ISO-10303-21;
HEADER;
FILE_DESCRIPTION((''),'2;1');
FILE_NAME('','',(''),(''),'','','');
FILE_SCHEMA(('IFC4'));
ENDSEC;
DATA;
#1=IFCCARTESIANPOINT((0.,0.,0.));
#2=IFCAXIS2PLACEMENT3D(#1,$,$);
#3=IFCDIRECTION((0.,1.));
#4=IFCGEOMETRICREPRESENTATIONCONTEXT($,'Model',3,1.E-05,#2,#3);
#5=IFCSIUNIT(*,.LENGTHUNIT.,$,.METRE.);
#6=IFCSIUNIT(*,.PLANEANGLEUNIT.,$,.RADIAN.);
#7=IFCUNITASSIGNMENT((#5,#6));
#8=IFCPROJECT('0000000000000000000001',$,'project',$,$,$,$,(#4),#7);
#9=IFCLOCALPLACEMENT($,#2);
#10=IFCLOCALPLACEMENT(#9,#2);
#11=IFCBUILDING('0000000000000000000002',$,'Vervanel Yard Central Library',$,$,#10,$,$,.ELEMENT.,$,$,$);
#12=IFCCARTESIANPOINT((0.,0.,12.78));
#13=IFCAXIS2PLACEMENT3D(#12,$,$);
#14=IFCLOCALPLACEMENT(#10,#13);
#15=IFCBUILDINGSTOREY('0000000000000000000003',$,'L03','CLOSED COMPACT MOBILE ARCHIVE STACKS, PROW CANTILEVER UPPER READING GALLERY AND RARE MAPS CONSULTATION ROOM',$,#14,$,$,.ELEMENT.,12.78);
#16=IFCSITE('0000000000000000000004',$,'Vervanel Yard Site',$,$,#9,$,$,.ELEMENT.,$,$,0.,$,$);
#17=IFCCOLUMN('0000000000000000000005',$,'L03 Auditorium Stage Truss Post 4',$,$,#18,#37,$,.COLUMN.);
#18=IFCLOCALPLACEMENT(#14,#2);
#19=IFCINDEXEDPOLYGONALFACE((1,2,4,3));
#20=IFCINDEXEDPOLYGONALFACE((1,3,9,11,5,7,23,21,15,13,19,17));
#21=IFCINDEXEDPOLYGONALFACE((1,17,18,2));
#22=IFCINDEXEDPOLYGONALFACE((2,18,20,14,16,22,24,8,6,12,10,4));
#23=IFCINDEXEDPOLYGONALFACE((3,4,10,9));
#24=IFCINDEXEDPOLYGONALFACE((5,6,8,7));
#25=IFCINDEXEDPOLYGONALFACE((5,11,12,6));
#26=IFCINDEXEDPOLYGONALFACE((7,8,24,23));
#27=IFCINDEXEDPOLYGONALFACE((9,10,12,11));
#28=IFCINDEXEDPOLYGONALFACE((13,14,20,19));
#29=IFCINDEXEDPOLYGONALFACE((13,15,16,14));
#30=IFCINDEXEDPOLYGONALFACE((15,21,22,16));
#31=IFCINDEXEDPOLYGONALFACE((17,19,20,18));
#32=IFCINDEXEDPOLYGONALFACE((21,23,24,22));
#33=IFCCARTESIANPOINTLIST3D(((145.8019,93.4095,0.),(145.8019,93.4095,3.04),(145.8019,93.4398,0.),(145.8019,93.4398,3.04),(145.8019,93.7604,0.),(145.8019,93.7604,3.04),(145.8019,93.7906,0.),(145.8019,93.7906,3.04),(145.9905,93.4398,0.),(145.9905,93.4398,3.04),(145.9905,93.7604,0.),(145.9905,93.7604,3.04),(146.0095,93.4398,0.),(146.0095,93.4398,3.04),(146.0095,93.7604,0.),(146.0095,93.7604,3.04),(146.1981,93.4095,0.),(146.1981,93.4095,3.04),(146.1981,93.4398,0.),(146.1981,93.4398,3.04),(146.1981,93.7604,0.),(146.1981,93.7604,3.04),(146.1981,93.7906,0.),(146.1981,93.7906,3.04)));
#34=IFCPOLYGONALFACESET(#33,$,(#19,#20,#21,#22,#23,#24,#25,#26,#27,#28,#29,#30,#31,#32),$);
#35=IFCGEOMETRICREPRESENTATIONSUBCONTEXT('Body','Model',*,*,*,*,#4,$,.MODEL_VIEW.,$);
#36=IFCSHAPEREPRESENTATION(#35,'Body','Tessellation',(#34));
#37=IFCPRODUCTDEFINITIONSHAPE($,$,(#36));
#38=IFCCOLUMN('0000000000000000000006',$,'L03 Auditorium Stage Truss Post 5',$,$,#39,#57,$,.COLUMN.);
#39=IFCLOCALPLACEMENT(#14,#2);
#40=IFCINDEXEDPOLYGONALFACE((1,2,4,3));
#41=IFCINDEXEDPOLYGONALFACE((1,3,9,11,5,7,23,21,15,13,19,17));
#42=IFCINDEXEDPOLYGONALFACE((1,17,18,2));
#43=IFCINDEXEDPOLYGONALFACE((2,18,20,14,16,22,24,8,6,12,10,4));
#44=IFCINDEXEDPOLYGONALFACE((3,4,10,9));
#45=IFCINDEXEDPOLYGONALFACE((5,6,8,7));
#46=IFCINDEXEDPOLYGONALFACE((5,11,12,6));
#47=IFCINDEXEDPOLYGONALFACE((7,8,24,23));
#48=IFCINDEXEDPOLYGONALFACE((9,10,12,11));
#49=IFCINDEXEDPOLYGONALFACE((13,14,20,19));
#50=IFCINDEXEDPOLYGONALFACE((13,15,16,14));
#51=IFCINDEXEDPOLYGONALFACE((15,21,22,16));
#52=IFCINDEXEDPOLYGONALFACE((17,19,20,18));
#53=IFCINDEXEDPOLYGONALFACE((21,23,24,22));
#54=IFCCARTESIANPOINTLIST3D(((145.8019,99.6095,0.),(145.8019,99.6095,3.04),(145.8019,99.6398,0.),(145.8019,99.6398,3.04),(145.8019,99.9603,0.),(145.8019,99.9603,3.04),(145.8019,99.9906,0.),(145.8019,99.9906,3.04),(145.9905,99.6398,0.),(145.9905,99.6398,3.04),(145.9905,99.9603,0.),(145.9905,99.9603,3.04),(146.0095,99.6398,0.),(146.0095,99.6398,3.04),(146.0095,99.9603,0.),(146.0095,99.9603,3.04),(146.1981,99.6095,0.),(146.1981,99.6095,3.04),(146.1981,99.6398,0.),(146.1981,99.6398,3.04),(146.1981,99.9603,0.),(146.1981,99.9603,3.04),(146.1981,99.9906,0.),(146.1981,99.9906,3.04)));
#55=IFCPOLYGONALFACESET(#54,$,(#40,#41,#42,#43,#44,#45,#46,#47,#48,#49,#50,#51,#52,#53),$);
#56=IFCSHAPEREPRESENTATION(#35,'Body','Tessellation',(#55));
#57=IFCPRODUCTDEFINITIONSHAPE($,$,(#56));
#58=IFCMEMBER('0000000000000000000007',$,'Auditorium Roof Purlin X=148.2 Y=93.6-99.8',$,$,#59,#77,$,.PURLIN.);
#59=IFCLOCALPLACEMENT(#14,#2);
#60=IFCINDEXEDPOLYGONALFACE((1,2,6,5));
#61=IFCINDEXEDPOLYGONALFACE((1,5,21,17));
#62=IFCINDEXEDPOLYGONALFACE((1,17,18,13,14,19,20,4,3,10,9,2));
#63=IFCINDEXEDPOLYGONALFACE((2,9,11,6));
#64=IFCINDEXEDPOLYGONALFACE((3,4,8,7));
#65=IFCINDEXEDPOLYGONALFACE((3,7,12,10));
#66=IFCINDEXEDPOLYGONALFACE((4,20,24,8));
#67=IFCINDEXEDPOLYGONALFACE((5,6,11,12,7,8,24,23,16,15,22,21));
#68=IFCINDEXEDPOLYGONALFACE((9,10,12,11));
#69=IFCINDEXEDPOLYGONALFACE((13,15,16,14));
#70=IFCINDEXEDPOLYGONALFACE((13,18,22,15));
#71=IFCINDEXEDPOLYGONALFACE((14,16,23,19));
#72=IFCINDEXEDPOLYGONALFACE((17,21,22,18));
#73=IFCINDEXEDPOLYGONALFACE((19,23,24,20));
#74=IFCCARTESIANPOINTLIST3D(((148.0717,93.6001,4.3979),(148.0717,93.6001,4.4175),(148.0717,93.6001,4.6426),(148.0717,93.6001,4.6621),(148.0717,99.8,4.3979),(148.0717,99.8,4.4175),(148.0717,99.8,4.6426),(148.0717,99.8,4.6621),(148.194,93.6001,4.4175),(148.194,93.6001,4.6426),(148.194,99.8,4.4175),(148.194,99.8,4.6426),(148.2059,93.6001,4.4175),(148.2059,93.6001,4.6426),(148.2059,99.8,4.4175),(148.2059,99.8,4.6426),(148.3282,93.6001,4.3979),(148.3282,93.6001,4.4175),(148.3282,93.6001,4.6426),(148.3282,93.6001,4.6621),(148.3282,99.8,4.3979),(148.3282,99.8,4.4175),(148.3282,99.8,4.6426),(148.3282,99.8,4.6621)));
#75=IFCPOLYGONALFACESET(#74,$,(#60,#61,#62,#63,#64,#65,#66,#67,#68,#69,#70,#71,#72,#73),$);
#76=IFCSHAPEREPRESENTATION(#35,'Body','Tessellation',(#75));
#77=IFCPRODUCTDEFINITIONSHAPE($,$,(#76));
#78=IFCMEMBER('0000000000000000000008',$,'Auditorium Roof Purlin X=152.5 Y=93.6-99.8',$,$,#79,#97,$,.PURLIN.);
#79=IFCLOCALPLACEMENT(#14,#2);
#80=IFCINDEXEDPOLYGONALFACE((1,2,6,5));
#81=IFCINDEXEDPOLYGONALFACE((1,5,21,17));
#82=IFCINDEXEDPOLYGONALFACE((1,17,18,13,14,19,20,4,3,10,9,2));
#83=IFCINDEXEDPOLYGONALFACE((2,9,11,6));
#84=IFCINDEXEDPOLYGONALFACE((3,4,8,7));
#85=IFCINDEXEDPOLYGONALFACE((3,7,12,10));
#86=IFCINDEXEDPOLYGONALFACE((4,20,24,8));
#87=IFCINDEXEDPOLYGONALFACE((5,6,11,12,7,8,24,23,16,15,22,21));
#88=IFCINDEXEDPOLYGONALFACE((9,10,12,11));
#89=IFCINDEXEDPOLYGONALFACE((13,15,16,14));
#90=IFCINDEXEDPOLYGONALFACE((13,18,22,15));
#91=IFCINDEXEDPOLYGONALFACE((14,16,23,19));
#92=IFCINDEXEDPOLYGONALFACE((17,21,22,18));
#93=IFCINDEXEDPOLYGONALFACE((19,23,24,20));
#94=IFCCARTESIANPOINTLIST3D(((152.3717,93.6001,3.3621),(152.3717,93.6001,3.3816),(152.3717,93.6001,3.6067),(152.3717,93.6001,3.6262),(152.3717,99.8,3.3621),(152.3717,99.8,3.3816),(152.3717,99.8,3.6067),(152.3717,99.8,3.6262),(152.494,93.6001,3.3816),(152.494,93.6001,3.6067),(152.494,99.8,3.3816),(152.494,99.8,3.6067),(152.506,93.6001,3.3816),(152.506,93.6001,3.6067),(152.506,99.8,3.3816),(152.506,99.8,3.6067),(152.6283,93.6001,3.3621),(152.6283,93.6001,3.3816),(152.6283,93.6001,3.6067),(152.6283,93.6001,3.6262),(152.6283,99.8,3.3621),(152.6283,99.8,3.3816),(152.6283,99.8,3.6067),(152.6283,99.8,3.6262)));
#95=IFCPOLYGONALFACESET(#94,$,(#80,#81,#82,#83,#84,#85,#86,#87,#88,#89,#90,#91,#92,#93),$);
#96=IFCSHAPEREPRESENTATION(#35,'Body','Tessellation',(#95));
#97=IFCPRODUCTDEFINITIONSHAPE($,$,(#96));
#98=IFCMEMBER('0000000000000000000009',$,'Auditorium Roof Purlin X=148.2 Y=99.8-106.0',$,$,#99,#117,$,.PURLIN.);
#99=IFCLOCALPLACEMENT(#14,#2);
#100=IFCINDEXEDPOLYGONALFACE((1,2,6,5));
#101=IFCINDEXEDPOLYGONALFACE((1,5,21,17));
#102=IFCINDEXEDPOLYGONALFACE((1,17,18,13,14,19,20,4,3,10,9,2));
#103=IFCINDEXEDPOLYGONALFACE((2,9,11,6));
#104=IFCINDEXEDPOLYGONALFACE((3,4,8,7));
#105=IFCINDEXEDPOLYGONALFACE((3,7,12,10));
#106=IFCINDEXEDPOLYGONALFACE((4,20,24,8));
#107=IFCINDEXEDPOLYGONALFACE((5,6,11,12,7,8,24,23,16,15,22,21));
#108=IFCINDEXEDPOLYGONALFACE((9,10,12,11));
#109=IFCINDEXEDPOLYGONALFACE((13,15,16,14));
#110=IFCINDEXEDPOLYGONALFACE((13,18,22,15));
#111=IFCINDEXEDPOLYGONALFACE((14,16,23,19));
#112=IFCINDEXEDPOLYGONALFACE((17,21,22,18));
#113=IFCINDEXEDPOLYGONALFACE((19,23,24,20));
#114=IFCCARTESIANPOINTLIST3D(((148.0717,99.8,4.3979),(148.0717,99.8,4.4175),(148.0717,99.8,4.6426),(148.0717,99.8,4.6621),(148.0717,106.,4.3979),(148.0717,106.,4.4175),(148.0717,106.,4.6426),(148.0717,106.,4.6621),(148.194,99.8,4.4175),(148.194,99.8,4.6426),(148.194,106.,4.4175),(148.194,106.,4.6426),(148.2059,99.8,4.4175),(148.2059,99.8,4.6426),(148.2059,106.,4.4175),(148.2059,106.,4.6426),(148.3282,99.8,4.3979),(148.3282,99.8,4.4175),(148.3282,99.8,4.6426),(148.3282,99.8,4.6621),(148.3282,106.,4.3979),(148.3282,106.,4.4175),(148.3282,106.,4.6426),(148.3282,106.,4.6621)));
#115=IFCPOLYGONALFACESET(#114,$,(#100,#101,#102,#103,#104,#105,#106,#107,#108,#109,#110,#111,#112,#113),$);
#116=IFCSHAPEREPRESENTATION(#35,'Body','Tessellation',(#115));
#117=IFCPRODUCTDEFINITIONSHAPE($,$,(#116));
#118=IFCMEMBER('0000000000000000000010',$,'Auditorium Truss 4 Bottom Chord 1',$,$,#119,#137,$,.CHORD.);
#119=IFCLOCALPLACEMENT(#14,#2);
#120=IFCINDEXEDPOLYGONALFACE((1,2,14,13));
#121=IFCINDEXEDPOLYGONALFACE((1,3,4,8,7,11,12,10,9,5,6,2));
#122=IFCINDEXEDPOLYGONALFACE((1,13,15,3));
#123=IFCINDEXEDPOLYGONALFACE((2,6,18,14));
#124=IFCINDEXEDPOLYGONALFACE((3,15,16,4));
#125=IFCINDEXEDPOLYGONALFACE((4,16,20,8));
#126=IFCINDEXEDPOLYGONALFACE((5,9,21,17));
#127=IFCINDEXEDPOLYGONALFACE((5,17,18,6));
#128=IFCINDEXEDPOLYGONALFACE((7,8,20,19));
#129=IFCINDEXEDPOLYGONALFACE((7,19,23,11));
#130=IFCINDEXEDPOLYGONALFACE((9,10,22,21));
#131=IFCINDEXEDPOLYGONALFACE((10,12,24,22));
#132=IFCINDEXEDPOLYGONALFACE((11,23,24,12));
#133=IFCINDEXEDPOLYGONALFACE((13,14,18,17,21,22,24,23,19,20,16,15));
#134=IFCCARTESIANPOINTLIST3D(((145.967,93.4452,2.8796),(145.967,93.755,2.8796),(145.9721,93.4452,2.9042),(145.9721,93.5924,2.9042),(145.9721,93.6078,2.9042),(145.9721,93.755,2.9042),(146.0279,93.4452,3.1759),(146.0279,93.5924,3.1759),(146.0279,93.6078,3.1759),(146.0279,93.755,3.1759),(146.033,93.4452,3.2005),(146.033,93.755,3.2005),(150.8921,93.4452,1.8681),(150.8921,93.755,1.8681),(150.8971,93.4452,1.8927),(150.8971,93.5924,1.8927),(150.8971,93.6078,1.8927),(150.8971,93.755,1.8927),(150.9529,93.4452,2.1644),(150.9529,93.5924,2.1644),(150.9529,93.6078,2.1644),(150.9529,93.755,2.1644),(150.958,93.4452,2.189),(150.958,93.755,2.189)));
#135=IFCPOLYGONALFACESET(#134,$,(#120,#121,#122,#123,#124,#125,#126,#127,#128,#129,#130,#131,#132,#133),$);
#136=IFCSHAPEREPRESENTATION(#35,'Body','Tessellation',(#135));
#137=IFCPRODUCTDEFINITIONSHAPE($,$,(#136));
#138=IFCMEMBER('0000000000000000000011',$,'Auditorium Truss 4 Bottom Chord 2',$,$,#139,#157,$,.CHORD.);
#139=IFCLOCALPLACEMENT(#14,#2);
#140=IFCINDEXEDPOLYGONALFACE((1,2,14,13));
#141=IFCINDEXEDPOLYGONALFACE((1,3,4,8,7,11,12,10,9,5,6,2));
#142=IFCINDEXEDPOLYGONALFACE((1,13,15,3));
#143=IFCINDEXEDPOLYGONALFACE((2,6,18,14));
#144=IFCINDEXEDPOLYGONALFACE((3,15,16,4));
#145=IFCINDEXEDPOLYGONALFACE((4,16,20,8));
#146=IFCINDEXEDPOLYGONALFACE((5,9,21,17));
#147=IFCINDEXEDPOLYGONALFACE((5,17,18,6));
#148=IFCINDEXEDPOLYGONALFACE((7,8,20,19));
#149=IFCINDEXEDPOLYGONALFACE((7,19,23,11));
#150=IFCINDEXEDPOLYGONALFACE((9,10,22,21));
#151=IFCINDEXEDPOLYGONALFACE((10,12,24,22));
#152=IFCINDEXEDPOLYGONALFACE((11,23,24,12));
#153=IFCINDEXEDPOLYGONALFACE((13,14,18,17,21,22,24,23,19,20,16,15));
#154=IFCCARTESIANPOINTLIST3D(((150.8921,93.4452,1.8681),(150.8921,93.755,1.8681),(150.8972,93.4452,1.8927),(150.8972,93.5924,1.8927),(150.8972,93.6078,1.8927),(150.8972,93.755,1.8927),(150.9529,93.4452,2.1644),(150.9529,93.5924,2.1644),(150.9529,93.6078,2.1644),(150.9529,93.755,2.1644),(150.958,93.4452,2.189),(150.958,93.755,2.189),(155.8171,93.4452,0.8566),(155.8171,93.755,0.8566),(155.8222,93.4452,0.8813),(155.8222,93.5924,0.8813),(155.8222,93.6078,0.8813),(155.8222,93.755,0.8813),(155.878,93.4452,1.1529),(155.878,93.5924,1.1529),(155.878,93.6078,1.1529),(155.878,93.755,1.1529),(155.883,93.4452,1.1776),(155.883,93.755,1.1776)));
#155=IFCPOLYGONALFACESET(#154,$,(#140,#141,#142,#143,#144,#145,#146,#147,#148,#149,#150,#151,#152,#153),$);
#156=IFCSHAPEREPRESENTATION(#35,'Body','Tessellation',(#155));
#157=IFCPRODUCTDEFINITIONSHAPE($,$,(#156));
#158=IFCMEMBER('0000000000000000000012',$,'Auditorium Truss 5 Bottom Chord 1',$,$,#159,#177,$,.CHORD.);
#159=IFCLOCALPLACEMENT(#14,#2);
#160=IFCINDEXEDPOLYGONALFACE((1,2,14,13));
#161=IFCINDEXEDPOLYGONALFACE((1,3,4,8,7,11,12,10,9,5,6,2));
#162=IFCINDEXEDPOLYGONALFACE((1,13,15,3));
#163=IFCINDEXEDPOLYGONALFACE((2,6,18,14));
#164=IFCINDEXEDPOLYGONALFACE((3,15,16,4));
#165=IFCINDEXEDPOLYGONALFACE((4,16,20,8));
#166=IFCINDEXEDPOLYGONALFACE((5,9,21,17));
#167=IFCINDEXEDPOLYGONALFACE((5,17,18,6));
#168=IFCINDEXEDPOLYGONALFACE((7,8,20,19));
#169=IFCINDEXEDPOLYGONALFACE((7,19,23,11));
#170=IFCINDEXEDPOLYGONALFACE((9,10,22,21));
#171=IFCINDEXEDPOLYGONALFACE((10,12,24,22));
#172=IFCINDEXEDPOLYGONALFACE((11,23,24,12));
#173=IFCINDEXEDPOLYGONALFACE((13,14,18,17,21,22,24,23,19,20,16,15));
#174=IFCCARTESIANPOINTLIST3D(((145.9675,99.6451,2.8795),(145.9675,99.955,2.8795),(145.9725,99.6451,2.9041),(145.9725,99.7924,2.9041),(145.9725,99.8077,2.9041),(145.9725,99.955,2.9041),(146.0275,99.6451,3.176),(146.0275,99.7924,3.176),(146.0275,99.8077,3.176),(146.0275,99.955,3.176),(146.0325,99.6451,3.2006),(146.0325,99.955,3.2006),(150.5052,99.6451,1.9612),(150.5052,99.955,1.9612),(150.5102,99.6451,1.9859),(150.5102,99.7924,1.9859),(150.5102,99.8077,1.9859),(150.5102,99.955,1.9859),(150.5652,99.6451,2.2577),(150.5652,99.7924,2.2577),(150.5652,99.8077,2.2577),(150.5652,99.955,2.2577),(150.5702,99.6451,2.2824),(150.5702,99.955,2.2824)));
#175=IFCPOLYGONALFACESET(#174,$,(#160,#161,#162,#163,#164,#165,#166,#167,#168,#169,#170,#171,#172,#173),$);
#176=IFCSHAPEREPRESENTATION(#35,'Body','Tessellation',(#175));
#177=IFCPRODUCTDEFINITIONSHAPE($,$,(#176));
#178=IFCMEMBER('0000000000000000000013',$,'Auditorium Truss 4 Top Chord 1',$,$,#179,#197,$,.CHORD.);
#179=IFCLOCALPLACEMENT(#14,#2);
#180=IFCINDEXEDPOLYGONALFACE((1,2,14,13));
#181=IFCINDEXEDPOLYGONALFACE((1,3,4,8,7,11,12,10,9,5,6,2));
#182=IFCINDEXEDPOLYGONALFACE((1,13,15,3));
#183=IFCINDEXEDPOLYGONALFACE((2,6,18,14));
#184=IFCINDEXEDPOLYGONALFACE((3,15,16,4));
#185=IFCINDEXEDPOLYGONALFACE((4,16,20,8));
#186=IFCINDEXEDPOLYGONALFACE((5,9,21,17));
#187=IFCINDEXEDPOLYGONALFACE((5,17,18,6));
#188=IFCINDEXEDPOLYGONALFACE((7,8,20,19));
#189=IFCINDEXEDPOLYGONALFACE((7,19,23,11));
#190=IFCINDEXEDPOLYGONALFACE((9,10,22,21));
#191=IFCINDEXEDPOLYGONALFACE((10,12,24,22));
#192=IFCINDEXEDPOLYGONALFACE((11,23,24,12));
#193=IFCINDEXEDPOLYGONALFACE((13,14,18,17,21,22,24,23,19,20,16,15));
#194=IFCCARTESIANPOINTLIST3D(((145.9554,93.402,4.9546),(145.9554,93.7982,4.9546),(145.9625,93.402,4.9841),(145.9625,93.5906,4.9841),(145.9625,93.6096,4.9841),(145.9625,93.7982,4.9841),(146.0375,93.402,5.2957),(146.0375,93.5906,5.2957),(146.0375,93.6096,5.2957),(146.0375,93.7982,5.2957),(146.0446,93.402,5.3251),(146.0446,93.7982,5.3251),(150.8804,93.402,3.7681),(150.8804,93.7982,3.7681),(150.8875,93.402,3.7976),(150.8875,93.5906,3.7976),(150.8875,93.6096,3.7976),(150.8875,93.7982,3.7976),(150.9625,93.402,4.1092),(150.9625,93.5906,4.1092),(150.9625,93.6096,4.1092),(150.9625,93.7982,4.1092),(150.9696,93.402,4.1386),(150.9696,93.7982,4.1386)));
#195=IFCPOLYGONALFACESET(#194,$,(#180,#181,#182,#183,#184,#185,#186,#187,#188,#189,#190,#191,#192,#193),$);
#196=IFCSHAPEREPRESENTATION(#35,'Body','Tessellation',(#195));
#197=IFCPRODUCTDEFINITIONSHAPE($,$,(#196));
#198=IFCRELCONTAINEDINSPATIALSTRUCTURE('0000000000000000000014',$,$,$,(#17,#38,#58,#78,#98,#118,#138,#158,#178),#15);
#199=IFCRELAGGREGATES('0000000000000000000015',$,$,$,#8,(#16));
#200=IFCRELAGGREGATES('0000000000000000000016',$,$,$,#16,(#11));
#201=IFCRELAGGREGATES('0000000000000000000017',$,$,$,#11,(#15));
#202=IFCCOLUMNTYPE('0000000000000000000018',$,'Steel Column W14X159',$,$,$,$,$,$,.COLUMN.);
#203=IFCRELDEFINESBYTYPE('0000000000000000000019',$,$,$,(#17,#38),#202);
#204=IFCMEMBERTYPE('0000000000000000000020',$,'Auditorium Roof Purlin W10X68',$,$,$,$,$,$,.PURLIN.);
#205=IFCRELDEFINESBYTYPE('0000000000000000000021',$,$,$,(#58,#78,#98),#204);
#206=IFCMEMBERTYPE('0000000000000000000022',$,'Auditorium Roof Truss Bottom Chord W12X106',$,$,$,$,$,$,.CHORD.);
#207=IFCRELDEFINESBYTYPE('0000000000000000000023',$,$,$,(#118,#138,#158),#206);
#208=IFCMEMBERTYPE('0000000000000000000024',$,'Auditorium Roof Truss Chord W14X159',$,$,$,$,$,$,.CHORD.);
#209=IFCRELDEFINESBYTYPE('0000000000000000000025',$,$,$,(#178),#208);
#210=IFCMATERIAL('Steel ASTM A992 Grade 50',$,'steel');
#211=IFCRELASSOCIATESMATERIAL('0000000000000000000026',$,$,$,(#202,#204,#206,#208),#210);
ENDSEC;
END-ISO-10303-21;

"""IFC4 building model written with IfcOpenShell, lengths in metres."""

from ifc_helpers import new_model, si_unit, direction, frame, origin, origin_2d, place, context, subcontext, project, spatial, i_section, extrude, material, material_profile, profile_set, type_object, element, save


model = new_model("IFC4")

# Units and contexts
model_context = context("Model", 3, precision=1e-05, world=origin(), true_north=direction((0.0, 1.0)))
body_context = subcontext(model_context, "Body", "Model", "MODEL_VIEW")
ifc_project = project(units=[si_unit("LENGTHUNIT", "METRE"), si_unit("PLANEANGLEUNIT", "RADIAN")], contexts=[model_context])

# Site, building, storey
site_placement = place(None, origin())
site = spatial("IfcSite", under=ifc_project, at=site_placement, Name="Vervanel Yard Site", CompositionType="ELEMENT", RefElevation=0.0)
building_placement = place(site_placement, origin())
building = spatial("IfcBuilding", under=site, at=building_placement, Name="Vervanel Yard Central Library", CompositionType="ELEMENT")
storey_placement = place(building_placement, frame((0.0, 0.0, 12.78)))
storey = spatial("IfcBuildingStorey", under=building, at=storey_placement, Name="L03", Description="CLOSED COMPACT MOBILE ARCHIVE STACKS, PROW CANTILEVER UPPER READING GALLERY AND RARE MAPS CONSULTATION ROOM", CompositionType="ELEMENT", Elevation=12.78)

# Columns
ifc_material_1 = material(Name="Steel ASTM A992 Grade 50", Category="steel")
ifc_material_profile_1 = material_profile(ifc_material_1, i_section(OverallWidth=0.3962, OverallDepth=0.3811, WebThickness=0.019, FlangeThickness=0.0303, at=origin_2d()), Name="W14X159", Category="steel")
ifc_profile_set_1 = profile_set([ifc_material_profile_1], Name="Steel ASTM A992 Grade 50")
column_type = type_object("IfcColumnType", Name="Steel Column W14X159", PredefinedType="COLUMN", material=ifc_profile_set_1)
for number, where, z_axis, x_axis, name in (
    (1, (146.0, 93.6001, 0.0), (0.0, 0.0, 1.0), (1.0, 0.0, 0.0), "L03 Auditorium Stage Truss Post 4"),
    (2, (146.0, 99.8, 0.0), (0.0, 0.0, 1.0), (1.0, 0.0, 0.0), "L03 Auditorium Stage Truss Post 5"),
):
    element("IfcColumn", number, at=place(storey_placement, frame(where, z_axis=z_axis, x_axis=x_axis)), inside=storey, type_object=column_type, Name=name, PredefinedType="COLUMN", context=body_context, shape_type="SweptSolid", body=[
        extrude(i_section(OverallWidth=0.3962, OverallDepth=0.3811, WebThickness=0.019, FlangeThickness=0.0303, at=origin_2d()), origin(), (0.0, 0.0, 1.0), 3.04),
    ])

# Members
ifc_material_profile_2 = material_profile(ifc_material_1, i_section(OverallWidth=0.2566, OverallDepth=0.2642, WebThickness=0.012, FlangeThickness=0.0195, at=origin_2d()), Name="W10X68", Category="steel")
ifc_profile_set_2 = profile_set([ifc_material_profile_2], Name="Steel ASTM A992 Grade 50")
member_type_1 = type_object("IfcMemberType", Name="Auditorium Roof Purlin W10X68", PredefinedType="PURLIN", material=ifc_profile_set_2)
for number, where, z_axis, x_axis, name in (
    (3, (148.2, 93.6001, 4.53), (0.0, 1.0, 0.0), (-1.0, 0.0, 0.0), "Auditorium Roof Purlin X=148.2 Y=93.6-99.8"),
    (4, (152.5, 93.6001, 3.4941), (0.0, 1.0, 0.0), (-1.0, 0.0, 0.0), "Auditorium Roof Purlin X=152.5 Y=93.6-99.8"),
    (5, (148.2, 99.8, 4.53), (0.0, 1.0, 0.0), (-1.0, 0.0, 0.0), "Auditorium Roof Purlin X=148.2 Y=99.8-106.0"),
):
    element("IfcMember", number, at=place(storey_placement, frame(where, z_axis=z_axis, x_axis=x_axis)), inside=storey, type_object=member_type_1, Name=name, PredefinedType="PURLIN", context=body_context, shape_type="SweptSolid", body=[
        extrude(i_section(OverallWidth=0.2566, OverallDepth=0.2642, WebThickness=0.012, FlangeThickness=0.0195, at=origin_2d()), origin(), (0.0, 0.0, 1.0), 6.2),
    ])
ifc_material_profile_3 = material_profile(ifc_material_1, i_section(OverallWidth=0.3098, OverallDepth=0.3276, WebThickness=0.0154, FlangeThickness=0.0251, at=origin_2d()), Name="W12X106", Category="steel")
ifc_profile_set_3 = profile_set([ifc_material_profile_3], Name="Steel ASTM A992 Grade 50")
member_type_2 = type_object("IfcMemberType", Name="Auditorium Roof Truss Bottom Chord W12X106", PredefinedType="CHORD", material=ifc_profile_set_3)
for number, where, z_axis, x_axis, name in (
    (6, (146.0, 93.6001, 3.04), (0.979555, 0.0, -0.201175), (0.0, 1.0, 0.0), "Auditorium Truss 4 Bottom Chord 1"),
    (7, (150.925, 93.6001, 2.0286), (0.979555, 0.0, -0.201175), (0.0, 1.0, 0.0), "Auditorium Truss 4 Bottom Chord 2"),
):
    element("IfcMember", number, at=place(storey_placement, frame(where, z_axis=z_axis, x_axis=x_axis)), inside=storey, type_object=member_type_2, Name=name, PredefinedType="CHORD", context=body_context, shape_type="SweptSolid", body=[
        extrude(i_section(OverallWidth=0.3098, OverallDepth=0.3276, WebThickness=0.0154, FlangeThickness=0.0251, at=origin_2d()), origin(), (0.0, 0.0, 1.0), 5.0278),
    ])
member_1_placement = place(storey_placement, frame((146.0, 99.8, 3.04), z_axis=(0.980134, 0.0, -0.198337), x_axis=(0.0, 1.0, 0.0)))
element("IfcMember", 8, at=member_1_placement, inside=storey, type_object=member_type_2, Name="Auditorium Truss 5 Bottom Chord 1", PredefinedType="CHORD", context=body_context, shape_type="SweptSolid", body=[
    extrude(i_section(OverallWidth=0.3098, OverallDepth=0.3276, WebThickness=0.0154, FlangeThickness=0.0251, at=origin_2d()), origin(), (0.0, 0.0, 1.0), 4.6296),
])
ifc_material_profile_4 = material_profile(ifc_material_1, i_section(OverallWidth=0.3962, OverallDepth=0.3811, WebThickness=0.019, FlangeThickness=0.0303, at=origin_2d()), Name="W14X159", Category="steel")
ifc_profile_set_4 = profile_set([ifc_material_profile_4], Name="Steel ASTM A992 Grade 50")
member_type_3 = type_object("IfcMemberType", Name="Auditorium Roof Truss Chord W14X159", PredefinedType="CHORD", material=ifc_profile_set_4)
for number, where, z_axis, x_axis, name in (
    (9, (146.0, 93.6001, 5.1399), (0.972185, 0.0, -0.234215), (0.0, 1.0, 0.0), "Auditorium Truss 4 Top Chord 1"),
):
    element("IfcMember", number, at=place(storey_placement, frame(where, z_axis=z_axis, x_axis=x_axis)), inside=storey, type_object=member_type_3, Name=name, PredefinedType="CHORD", context=body_context, shape_type="SweptSolid", body=[
        extrude(i_section(OverallWidth=0.3962, OverallDepth=0.3811, WebThickness=0.019, FlangeThickness=0.0303, at=origin_2d()), origin(), (0.0, 0.0, 1.0), 5.0659),
    ])

save(model, "model.ifc")
